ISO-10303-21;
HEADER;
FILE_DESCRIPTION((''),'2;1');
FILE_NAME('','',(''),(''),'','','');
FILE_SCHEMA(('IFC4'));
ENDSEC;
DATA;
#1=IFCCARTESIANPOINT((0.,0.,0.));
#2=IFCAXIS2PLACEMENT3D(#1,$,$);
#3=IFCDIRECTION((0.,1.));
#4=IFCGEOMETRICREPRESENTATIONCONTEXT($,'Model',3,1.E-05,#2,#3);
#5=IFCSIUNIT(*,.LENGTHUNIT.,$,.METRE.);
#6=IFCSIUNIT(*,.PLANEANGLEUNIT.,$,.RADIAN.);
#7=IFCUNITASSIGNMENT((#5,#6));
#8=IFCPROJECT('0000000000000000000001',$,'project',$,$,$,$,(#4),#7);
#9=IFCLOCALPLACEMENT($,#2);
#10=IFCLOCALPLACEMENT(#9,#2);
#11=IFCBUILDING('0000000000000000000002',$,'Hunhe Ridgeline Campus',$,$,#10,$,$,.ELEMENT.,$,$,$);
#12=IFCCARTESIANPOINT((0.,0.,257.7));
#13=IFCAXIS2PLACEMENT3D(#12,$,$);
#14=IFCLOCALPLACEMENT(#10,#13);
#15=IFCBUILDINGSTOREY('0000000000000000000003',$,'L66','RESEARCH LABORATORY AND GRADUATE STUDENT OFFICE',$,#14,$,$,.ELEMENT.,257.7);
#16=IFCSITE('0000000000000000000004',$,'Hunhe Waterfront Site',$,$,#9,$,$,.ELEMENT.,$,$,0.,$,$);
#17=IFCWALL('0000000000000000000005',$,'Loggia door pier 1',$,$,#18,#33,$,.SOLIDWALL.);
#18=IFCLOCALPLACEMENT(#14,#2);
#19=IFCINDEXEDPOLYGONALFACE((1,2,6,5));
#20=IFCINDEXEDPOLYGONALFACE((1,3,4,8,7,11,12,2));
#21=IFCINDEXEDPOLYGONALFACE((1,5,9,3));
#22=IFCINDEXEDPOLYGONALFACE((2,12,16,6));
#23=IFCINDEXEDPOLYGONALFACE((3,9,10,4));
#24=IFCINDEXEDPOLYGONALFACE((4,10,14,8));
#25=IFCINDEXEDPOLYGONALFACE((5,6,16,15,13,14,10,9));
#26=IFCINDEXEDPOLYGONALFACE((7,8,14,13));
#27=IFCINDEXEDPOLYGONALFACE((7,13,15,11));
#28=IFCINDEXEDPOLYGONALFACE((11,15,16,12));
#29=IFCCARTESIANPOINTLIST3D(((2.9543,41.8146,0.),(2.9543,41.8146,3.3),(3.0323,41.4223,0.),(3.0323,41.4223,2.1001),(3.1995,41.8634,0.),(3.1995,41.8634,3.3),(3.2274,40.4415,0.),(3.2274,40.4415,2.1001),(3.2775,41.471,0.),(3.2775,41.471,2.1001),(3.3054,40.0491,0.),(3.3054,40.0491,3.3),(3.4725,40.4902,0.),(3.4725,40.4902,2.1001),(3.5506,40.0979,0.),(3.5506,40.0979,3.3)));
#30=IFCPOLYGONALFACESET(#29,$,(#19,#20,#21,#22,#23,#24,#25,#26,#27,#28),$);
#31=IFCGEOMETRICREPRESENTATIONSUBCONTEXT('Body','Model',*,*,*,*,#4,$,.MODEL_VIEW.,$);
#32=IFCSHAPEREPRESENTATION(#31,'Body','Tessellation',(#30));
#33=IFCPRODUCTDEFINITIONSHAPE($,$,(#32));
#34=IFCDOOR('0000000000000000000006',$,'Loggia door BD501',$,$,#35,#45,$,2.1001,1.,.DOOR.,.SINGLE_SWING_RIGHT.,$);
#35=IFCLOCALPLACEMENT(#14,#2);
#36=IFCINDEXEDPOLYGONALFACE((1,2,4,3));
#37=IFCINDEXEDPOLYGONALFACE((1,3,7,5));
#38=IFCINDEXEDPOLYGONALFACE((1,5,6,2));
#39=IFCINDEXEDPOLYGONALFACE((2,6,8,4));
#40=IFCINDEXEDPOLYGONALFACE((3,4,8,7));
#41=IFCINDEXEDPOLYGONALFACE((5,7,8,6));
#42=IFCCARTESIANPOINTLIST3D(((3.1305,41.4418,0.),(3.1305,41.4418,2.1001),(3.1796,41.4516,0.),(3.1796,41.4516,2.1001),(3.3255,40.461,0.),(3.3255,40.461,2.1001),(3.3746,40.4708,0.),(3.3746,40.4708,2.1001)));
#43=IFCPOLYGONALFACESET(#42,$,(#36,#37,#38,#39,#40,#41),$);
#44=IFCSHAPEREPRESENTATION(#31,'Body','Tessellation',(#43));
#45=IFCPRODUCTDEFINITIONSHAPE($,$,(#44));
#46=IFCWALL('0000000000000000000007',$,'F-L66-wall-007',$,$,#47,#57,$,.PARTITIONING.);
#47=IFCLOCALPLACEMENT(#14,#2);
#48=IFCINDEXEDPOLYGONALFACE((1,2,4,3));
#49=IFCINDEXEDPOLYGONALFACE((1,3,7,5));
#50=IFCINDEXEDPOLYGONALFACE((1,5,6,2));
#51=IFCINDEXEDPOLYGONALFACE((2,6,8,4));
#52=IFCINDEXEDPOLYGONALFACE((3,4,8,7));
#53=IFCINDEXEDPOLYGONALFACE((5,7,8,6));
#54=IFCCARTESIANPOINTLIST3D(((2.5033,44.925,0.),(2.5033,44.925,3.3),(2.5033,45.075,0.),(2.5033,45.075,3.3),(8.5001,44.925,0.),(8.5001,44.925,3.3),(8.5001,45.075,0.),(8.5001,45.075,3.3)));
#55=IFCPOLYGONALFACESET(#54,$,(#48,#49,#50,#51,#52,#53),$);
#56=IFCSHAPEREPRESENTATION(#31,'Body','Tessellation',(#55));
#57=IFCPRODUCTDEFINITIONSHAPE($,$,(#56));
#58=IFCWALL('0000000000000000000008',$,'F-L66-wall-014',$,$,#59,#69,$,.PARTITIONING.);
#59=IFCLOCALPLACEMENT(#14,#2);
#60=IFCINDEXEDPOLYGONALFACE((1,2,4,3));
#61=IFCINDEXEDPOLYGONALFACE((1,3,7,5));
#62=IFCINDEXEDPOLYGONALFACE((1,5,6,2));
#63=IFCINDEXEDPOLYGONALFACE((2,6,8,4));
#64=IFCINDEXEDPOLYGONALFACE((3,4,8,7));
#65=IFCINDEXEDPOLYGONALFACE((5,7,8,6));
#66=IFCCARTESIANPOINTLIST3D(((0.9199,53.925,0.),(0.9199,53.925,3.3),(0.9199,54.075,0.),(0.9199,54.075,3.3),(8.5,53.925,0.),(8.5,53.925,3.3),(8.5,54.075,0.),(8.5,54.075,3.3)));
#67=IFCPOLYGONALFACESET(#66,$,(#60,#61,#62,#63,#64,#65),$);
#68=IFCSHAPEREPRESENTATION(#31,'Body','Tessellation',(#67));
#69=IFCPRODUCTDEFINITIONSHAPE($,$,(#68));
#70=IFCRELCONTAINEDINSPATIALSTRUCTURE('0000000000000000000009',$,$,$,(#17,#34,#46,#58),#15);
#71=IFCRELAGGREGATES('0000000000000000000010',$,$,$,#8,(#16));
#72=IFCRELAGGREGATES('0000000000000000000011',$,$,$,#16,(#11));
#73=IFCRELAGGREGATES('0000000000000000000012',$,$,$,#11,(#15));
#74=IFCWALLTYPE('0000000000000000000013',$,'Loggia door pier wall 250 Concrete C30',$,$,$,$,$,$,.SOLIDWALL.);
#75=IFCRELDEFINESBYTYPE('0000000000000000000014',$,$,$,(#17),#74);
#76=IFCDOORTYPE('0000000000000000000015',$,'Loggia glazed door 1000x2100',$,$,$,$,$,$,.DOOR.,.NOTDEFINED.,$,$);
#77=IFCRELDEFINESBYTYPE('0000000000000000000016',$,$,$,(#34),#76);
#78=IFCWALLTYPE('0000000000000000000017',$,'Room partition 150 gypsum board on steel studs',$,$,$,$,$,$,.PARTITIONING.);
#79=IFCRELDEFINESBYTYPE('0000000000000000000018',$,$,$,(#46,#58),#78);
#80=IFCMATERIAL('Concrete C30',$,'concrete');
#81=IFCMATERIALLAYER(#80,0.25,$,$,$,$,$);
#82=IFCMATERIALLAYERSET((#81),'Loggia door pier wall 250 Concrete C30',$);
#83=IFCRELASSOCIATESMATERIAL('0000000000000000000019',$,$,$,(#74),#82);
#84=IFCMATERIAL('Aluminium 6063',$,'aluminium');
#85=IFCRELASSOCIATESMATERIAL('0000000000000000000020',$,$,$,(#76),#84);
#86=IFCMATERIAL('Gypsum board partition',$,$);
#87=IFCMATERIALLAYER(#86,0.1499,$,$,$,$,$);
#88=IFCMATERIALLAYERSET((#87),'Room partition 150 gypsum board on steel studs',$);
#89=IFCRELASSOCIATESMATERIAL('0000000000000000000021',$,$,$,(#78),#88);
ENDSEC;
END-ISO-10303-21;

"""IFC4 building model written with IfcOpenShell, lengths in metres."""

from ifc_helpers import new_model, si_unit, direction, frame, frame_2d, origin, place, context, subcontext, project, spatial, rectangle, extrude, material, layer, layer_set, type_object, element, fill, save


model = new_model("IFC4")

# Units and contexts
model_context = context("Model", 3, precision=1e-05, world=origin(), true_north=direction((0.0, 1.0)))
body_context = subcontext(model_context, "Body", "Model", "MODEL_VIEW")
ifc_project = project(units=[si_unit("LENGTHUNIT", "METRE"), si_unit("PLANEANGLEUNIT", "RADIAN")], contexts=[model_context])

# Site, building, storey
site_placement = place(None, origin())
site = spatial("IfcSite", under=ifc_project, at=site_placement, Name="Hunhe Waterfront Site", CompositionType="ELEMENT", RefElevation=0.0)
building_placement = place(site_placement, origin())
building = spatial("IfcBuilding", under=site, at=building_placement, Name="Hunhe Ridgeline Campus", CompositionType="ELEMENT")
storey_placement = place(building_placement, frame((0.0, 0.0, 257.7)))
storey = spatial("IfcBuildingStorey", under=building, at=storey_placement, Name="L66", Description="RESEARCH LABORATORY AND GRADUATE STUDENT OFFICE", CompositionType="ELEMENT", Elevation=257.7)

# Shared definitions
ifc_material_1 = material(Name="Aluminium 6063", Category="aluminium")

# Shared definitions
ifc_material_2 = material(Name="Concrete C30", Category="concrete")

# Wall, opening, door
ifc_layer_1 = layer(ifc_material_2, 0.25)
ifc_layer_set_1 = layer_set([ifc_layer_1], Name="Loggia door pier wall 250 Concrete C30")
wall_type_1 = type_object("IfcWallType", Name="Loggia door pier wall 250 Concrete C30", PredefinedType="SOLIDWALL", material=ifc_layer_set_1)
wall_1_placement = place(storey_placement, frame((3.0769, 41.8389, 0.0), z_axis=(0.0, 0.0, 1.0), x_axis=(0.195047, -0.980794, 0.0)))
wall_1 = element("IfcWall", 1, at=wall_1_placement, inside=storey, type_object=wall_type_1, Name="Loggia door pier 1", PredefinedType="SOLIDWALL", context=body_context, shape_type="SweptSolid", body=[
    extrude(rectangle(XDim=1.8, YDim=0.25, at=frame_2d((0.8999, 0.0))), origin(), (0.0, 0.0, 1.0), 3.3),
])
opening_placement = place(wall_1_placement, frame((0.3999, 0.0, 0.0)))
opening = element("IfcOpeningElement", 2, at=opening_placement, cuts=wall_1, PredefinedType="OPENING", context=body_context, shape_type="SweptSolid", body=[
    extrude(rectangle(XDim=1.0, YDim=2.1001, at=frame_2d((0.5, 1.05))), frame((0.0, 0.125, 0.0), z_axis=(0.0, -1.0, 0.0), x_axis=(1.0, 0.0, 0.0)), (0.0, 0.0, 1.0), 0.25),
])
door_type = type_object("IfcDoorType", Name="Loggia glazed door 1000x2100", OperationType="NOTDEFINED", PredefinedType="DOOR", material=ifc_material_1)
door_placement = place(opening_placement, frame((1.0, 0.0, 0.0), z_axis=(0.0, 0.0, 1.0), x_axis=(-1.0, 0.0, 0.0)))
door = element("IfcDoor", 3, at=door_placement, inside=storey, type_object=door_type, Name="Loggia door BD501", OperationType="SINGLE_SWING_RIGHT", OverallHeight=2.1001, OverallWidth=1.0, PredefinedType="DOOR", context=body_context, shape_type="SweptSolid", body=[
    extrude(rectangle(XDim=1.0, YDim=2.1001, at=frame_2d((0.5, 1.05))), frame((0.0, 0.0249, 0.0), z_axis=(0.0, -1.0, 0.0), x_axis=(1.0, 0.0, 0.0)), (0.0, 0.0, 1.0), 0.05),
])
fill(opening, door)

# Walls
ifc_material_3 = material(Name="Gypsum board partition")
ifc_layer_2 = layer(ifc_material_3, 0.1499)
ifc_layer_set_2 = layer_set([ifc_layer_2], Name="Room partition 150 gypsum board on steel studs")
wall_type_2 = type_object("IfcWallType", Name="Room partition 150 gypsum board on steel studs", PredefinedType="PARTITIONING", material=ifc_layer_set_2)
wall_2_placement = place(storey_placement, frame((2.5032, 45.0, 0.0), z_axis=(0.0, 0.0, 1.0), x_axis=(1.0, 0.0, 0.0)))
element("IfcWall", 4, at=wall_2_placement, inside=storey, type_object=wall_type_2, Name="F-L66-wall-007", PredefinedType="PARTITIONING", context=body_context, shape_type="SweptSolid", body=[
    extrude(rectangle(XDim=5.9968, YDim=0.1499, at=frame_2d((2.9985, 0.0))), origin(), (0.0, 0.0, 1.0), 3.3),
])
wall_3_placement = place(storey_placement, frame((0.9199, 54.0, 0.0), z_axis=(0.0, 0.0, 1.0), x_axis=(1.0, 0.0, 0.0)))
element("IfcWall", 5, at=wall_3_placement, inside=storey, type_object=wall_type_2, Name="F-L66-wall-014", PredefinedType="PARTITIONING", context=body_context, shape_type="SweptSolid", body=[
    extrude(rectangle(XDim=7.5801, YDim=0.1499, at=frame_2d((3.79, 0.0))), origin(), (0.0, 0.0, 1.0), 3.3),
])

save(model, "model.ifc")
